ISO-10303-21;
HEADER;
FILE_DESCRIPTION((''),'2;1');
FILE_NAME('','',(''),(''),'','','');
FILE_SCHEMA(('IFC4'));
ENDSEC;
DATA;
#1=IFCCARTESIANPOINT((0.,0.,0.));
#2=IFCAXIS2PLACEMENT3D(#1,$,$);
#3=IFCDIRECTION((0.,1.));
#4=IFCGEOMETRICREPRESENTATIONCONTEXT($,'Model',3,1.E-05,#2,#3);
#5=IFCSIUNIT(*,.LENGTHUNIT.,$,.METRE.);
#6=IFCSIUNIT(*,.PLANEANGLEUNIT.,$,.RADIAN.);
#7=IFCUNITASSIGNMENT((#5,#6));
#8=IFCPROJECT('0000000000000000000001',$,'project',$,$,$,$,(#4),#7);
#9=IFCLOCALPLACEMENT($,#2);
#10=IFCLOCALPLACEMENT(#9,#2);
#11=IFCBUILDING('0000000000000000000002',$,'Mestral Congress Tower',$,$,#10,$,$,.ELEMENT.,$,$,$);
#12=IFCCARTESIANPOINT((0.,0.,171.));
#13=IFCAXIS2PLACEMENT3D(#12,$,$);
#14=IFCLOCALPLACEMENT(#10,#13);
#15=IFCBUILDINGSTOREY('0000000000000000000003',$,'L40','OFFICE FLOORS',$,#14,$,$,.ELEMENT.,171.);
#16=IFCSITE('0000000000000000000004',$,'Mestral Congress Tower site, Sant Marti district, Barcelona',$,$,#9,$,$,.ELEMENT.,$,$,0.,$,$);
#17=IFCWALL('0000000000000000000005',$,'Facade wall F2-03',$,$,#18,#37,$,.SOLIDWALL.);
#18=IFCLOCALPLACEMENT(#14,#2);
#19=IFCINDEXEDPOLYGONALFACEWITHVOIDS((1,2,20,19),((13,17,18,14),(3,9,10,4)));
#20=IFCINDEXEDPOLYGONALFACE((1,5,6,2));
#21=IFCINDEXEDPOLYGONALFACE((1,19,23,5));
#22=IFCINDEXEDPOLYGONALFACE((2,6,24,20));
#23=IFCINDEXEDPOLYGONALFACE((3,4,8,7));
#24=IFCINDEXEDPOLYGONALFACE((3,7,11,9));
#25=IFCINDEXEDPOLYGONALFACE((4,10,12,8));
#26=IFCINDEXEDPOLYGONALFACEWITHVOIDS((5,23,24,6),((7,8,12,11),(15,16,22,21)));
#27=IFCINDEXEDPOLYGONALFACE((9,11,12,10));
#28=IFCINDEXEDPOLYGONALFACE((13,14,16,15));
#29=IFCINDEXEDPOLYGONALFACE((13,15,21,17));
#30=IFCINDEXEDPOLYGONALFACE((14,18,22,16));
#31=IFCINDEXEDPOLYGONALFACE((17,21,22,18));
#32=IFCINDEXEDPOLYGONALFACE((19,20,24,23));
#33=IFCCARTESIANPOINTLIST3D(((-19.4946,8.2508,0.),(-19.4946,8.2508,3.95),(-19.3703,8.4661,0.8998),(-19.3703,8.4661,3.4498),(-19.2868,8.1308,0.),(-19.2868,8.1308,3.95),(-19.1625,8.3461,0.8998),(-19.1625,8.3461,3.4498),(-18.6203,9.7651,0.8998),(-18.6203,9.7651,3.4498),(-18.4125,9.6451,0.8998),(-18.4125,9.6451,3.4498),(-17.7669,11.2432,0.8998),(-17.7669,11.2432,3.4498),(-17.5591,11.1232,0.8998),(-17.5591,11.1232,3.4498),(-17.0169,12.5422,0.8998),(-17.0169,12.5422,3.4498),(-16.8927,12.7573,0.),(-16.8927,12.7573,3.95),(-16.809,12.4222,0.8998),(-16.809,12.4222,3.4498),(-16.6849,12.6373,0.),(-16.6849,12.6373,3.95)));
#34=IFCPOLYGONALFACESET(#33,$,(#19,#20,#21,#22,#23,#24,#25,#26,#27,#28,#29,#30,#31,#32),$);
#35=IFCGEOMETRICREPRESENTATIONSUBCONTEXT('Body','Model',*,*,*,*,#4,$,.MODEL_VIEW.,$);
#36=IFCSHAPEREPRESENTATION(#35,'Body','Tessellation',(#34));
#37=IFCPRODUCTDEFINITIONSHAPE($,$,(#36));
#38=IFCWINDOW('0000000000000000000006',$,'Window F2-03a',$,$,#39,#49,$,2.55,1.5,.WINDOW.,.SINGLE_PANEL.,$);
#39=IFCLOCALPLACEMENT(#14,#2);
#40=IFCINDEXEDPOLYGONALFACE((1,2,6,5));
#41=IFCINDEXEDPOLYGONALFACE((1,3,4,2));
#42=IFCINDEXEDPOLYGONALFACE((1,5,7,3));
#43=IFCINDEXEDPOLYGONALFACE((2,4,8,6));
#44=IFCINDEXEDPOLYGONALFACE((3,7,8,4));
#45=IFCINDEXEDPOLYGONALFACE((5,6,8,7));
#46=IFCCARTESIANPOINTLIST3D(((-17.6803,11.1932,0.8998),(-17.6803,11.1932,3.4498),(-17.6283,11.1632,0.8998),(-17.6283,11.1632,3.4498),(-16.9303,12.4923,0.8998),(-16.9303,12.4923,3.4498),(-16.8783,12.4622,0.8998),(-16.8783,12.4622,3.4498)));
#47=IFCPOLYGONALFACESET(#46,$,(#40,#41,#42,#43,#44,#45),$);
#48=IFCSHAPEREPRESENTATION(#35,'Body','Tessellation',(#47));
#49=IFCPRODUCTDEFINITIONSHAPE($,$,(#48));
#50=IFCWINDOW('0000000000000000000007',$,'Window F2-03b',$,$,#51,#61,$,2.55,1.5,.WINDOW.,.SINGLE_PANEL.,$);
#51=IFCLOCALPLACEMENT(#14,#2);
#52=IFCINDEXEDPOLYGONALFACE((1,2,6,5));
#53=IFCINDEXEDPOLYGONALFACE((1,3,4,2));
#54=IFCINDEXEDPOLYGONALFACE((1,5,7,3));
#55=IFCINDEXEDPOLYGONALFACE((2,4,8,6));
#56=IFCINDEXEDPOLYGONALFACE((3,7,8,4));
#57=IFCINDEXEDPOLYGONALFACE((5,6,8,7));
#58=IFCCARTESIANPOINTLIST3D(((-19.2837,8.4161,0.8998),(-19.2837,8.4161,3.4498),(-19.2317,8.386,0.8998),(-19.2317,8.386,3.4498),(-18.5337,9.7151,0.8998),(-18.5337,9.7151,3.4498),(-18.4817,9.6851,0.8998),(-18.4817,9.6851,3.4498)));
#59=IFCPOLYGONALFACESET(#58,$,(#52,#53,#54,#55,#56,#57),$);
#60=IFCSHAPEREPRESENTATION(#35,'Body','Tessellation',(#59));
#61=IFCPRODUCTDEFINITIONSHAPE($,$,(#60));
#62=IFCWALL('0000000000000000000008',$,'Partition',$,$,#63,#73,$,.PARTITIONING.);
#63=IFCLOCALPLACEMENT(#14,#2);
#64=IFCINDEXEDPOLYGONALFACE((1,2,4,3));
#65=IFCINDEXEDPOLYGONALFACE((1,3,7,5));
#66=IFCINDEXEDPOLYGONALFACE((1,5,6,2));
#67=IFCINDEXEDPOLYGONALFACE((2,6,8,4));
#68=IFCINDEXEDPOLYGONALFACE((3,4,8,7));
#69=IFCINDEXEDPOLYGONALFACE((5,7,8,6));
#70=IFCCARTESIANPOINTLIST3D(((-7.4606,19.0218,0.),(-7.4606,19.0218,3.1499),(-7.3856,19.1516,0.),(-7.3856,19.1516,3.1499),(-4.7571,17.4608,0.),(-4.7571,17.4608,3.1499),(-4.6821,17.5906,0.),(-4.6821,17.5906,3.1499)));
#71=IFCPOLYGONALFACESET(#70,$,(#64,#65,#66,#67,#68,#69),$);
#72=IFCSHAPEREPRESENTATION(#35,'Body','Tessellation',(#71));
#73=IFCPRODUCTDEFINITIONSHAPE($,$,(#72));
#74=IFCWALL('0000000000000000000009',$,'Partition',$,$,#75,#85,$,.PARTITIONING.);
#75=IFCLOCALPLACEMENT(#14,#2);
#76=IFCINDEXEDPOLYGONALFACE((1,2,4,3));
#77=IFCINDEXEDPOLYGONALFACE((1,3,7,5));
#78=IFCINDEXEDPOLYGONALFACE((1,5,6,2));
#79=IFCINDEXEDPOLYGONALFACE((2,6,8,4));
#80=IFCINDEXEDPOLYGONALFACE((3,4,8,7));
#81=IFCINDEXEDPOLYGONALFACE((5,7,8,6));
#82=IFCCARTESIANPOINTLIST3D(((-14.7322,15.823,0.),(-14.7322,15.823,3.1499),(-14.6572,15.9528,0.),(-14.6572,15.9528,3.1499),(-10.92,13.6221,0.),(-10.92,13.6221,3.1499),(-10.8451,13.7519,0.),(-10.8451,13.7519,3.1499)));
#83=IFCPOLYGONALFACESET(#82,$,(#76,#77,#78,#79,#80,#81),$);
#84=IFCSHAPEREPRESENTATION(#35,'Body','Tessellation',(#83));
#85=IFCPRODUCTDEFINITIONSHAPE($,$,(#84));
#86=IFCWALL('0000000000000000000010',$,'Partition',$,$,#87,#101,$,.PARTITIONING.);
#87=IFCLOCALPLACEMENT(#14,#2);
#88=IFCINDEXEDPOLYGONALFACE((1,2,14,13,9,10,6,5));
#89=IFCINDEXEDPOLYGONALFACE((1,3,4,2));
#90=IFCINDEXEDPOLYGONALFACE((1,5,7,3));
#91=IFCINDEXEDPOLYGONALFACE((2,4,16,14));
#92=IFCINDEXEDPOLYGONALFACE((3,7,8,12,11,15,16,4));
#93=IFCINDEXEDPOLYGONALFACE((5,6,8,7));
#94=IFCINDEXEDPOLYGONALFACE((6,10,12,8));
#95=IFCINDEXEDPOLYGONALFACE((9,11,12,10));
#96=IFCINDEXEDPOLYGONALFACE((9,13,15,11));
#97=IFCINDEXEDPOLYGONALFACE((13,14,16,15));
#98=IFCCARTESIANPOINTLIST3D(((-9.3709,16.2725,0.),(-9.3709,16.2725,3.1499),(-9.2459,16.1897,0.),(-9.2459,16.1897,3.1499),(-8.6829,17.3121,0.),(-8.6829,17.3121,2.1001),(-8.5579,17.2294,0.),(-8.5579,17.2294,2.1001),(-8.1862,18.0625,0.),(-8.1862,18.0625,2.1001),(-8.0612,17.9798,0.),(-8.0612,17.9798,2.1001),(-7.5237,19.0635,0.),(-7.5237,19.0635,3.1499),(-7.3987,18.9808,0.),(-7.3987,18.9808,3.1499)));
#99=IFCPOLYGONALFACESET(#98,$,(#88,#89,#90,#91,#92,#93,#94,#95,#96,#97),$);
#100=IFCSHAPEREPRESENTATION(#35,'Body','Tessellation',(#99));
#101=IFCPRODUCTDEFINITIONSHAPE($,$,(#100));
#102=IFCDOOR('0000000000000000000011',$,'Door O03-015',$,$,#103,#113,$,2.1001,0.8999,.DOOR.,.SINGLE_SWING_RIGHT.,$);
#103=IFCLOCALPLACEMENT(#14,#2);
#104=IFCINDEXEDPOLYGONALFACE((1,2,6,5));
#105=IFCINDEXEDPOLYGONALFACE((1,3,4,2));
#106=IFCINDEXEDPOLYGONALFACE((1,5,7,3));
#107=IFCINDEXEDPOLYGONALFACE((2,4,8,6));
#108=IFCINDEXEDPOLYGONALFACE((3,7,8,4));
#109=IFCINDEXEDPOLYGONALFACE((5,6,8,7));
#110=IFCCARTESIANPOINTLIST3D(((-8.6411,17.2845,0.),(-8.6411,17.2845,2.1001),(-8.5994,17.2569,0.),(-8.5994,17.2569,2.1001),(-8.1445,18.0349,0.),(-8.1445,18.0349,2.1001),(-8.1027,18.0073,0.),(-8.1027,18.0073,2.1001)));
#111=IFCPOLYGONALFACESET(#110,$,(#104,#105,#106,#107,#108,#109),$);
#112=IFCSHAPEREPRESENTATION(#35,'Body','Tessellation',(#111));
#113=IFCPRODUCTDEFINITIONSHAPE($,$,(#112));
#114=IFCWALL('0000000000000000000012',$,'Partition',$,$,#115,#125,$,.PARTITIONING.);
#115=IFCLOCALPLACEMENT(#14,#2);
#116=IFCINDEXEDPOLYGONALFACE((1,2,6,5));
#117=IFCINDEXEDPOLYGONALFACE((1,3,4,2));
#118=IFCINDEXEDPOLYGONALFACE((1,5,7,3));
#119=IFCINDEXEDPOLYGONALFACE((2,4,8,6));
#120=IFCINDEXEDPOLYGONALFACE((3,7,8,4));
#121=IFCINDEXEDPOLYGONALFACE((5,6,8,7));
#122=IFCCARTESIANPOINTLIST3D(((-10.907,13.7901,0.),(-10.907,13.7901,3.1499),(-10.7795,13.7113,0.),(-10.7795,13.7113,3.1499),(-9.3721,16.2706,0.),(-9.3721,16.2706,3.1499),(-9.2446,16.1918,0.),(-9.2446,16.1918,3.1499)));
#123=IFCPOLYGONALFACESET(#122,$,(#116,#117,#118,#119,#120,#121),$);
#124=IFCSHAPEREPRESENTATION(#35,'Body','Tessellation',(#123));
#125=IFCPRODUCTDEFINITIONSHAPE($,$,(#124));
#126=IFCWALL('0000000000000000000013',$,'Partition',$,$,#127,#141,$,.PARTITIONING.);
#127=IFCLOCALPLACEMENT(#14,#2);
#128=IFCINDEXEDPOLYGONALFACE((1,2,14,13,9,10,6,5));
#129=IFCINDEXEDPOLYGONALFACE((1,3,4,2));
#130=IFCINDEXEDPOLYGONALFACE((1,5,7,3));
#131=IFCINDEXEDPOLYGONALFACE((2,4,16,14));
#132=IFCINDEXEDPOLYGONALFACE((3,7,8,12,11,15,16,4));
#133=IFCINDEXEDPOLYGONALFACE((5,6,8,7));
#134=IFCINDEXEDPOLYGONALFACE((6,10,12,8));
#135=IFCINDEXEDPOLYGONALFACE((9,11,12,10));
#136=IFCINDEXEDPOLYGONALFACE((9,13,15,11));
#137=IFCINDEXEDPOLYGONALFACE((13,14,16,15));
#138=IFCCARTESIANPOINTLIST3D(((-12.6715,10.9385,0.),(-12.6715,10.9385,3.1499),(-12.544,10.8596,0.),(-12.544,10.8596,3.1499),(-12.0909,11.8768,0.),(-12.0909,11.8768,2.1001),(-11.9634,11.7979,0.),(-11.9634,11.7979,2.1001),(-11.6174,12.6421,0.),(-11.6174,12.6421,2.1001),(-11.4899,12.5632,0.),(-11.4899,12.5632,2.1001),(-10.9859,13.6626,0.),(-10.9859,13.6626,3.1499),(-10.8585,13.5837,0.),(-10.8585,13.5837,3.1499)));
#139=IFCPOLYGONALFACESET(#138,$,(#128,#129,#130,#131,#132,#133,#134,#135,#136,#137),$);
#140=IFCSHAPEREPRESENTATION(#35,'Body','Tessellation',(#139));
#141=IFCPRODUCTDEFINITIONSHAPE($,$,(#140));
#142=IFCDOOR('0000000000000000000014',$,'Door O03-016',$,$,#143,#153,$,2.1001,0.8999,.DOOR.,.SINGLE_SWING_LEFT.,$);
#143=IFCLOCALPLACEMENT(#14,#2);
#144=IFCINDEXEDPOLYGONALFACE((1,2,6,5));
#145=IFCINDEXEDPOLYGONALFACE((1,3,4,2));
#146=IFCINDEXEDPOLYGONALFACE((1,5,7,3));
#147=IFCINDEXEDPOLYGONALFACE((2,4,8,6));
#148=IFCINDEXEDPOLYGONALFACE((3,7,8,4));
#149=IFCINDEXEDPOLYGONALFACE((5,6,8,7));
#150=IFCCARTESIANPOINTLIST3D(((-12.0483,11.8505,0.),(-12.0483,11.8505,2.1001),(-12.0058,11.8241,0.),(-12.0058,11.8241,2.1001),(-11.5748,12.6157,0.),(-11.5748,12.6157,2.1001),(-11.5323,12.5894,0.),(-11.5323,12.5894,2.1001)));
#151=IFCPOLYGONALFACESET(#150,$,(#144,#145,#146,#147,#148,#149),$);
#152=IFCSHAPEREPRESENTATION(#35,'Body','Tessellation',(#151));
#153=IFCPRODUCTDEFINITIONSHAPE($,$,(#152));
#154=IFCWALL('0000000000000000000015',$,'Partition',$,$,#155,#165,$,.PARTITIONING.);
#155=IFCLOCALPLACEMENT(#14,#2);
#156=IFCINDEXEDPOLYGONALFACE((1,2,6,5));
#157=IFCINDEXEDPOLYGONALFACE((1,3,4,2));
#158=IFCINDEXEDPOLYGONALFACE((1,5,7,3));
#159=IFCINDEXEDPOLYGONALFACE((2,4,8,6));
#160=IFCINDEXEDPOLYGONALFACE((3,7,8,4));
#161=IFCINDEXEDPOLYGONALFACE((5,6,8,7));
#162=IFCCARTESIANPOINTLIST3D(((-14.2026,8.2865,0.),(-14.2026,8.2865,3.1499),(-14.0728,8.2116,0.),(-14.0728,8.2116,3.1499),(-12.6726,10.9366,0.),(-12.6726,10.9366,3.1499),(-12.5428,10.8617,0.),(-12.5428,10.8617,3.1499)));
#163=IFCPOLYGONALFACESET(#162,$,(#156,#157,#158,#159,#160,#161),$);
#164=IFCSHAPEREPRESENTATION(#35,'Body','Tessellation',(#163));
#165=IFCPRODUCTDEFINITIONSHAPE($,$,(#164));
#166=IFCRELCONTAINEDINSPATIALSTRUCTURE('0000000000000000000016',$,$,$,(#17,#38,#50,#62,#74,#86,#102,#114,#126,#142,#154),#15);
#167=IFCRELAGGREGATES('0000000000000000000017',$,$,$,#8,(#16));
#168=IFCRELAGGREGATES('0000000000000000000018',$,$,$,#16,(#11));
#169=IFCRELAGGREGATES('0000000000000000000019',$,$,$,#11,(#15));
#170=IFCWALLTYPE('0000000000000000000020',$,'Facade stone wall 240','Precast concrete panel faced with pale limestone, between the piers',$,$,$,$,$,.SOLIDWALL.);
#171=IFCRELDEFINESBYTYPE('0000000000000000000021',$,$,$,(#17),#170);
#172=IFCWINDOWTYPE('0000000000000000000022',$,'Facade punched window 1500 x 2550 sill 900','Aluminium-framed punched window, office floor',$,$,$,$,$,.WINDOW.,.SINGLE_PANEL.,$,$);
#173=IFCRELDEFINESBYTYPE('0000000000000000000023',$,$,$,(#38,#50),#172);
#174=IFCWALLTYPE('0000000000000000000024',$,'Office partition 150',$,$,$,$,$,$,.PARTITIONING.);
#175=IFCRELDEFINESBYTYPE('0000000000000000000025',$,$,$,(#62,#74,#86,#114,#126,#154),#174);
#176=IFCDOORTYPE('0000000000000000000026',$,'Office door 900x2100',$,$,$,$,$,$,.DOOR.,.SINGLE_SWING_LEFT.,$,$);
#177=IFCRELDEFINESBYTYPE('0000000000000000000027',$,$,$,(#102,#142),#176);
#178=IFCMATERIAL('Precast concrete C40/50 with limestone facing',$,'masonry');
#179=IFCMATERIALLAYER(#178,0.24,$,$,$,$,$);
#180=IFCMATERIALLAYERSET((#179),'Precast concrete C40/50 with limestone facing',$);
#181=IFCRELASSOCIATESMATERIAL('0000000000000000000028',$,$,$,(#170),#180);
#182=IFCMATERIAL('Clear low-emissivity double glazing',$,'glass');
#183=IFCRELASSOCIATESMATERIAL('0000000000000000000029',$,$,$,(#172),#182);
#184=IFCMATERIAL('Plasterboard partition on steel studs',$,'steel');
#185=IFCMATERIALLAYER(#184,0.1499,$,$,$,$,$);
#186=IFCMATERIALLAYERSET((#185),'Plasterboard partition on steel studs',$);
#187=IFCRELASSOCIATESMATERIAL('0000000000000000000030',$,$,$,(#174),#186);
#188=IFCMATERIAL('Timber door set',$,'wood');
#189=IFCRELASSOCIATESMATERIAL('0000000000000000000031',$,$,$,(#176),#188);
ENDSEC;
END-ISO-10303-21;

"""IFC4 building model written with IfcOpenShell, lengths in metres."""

from ifc_helpers import new_model, si_unit, direction, frame, frame_2d, origin, place, context, subcontext, project, spatial, rectangle, extrude, material, layer, layer_set, type_object, element, fill, save


model = new_model("IFC4")

# Units and contexts
model_context = context("Model", 3, precision=1e-05, world=origin(), true_north=direction((0.0, 1.0)))
body_context = subcontext(model_context, "Body", "Model", "MODEL_VIEW")
ifc_project = project(units=[si_unit("LENGTHUNIT", "METRE"), si_unit("PLANEANGLEUNIT", "RADIAN")], contexts=[model_context])

# Site, building, storey
site_placement = place(None, origin())
site = spatial("IfcSite", under=ifc_project, at=site_placement, Name="Mestral Congress Tower site, Sant Marti district, Barcelona", CompositionType="ELEMENT", RefElevation=0.0)
building_placement = place(site_placement, origin())
building = spatial("IfcBuilding", under=site, at=building_placement, Name="Mestral Congress Tower", CompositionType="ELEMENT")
storey_placement = place(building_placement, frame((0.0, 0.0, 171.0)))
storey = spatial("IfcBuildingStorey", under=building, at=storey_placement, Name="L40", Description="OFFICE FLOORS", CompositionType="ELEMENT", Elevation=171.0)

# Wall, openings, windows
ifc_material_1 = material(Name="Precast concrete C40/50 with limestone facing", Category="masonry")
ifc_layer_1 = layer(ifc_material_1, 0.24)
ifc_layer_set_1 = layer_set([ifc_layer_1], Name="Precast concrete C40/50 with limestone facing")
wall_type_1 = type_object("IfcWallType", Name="Facade stone wall 240", Description="Precast concrete panel faced with pale limestone, between the piers", PredefinedType="SOLIDWALL", material=ifc_layer_set_1)
ifc_material_2 = material(Name="Clear low-emissivity double glazing", Category="glass")
window_type = type_object("IfcWindowType", Name="Facade punched window 1500 x 2550 sill 900", Description="Aluminium-framed punched window, office floor", PartitioningType="SINGLE_PANEL", PredefinedType="WINDOW", material=ifc_material_2)
wall_1_placement = place(storey_placement, frame((-16.7888, 12.6973, 0.0), z_axis=(0.0, 0.0, 1.0), x_axis=(-0.500009, -0.86602, 0.0)))
wall_1 = element("IfcWall", 1, at=wall_1_placement, inside=storey, type_object=wall_type_1, Name="Facade wall F2-03", PredefinedType="SOLIDWALL", context=body_context, shape_type="SweptSolid", body=[
    extrude(rectangle(XDim=5.2036, YDim=0.24, at=frame_2d((2.6018, 0.0))), origin(), (0.0, 0.0, 1.0), 3.95),
])
opening_1_placement = place(wall_1_placement, frame((0.2483, 0.0, 0.8999)))
opening_1 = element("IfcOpeningElement", 2, at=opening_1_placement, cuts=wall_1, PredefinedType="OPENING", context=body_context, shape_type="SweptSolid", body=[
    extrude(rectangle(XDim=1.5, YDim=2.55, at=frame_2d((0.75, 1.2749))), frame((0.0, 0.1299, 0.0), z_axis=(0.0, -1.0, 0.0), x_axis=(1.0, 0.0, 0.0)), (0.0, 0.0, 1.0), 0.26),
])
opening_2_placement = place(wall_1_placement, frame((3.4551, 0.0, 0.8999)))
opening_2 = element("IfcOpeningElement", 3, at=opening_2_placement, cuts=wall_1, PredefinedType="OPENING", context=body_context, shape_type="SweptSolid", body=[
    extrude(rectangle(XDim=1.5, YDim=2.55, at=frame_2d((0.75, 1.2749))), frame((0.0, 0.1299, 0.0), z_axis=(0.0, -1.0, 0.0), x_axis=(1.0, 0.0, 0.0)), (0.0, 0.0, 1.0), 0.26),
])
window_1_placement = place(opening_1_placement, origin())
window_1 = element("IfcWindow", 4, at=window_1_placement, inside=storey, type_object=window_type, Name="Window F2-03a", OverallHeight=2.55, OverallWidth=1.5, PartitioningType="SINGLE_PANEL", PredefinedType="WINDOW", context=body_context, shape_type="SweptSolid", body=[
    extrude(rectangle(XDim=1.5, YDim=2.55, at=frame_2d((0.75, 1.2749))), frame((0.0, 0.04, 0.0), z_axis=(0.0, -1.0, 0.0), x_axis=(1.0, 0.0, 0.0)), (0.0, 0.0, 1.0), 0.0601),
])
fill(opening_1, window_1)
window_2_placement = place(opening_2_placement, origin())
window_2 = element("IfcWindow", 5, at=window_2_placement, inside=storey, type_object=window_type, Name="Window F2-03b", OverallHeight=2.55, OverallWidth=1.5, PartitioningType="SINGLE_PANEL", PredefinedType="WINDOW", context=body_context, shape_type="SweptSolid", body=[
    extrude(rectangle(XDim=1.5, YDim=2.55, at=frame_2d((0.75, 1.2749))), frame((0.0, 0.04, 0.0), z_axis=(0.0, -1.0, 0.0), x_axis=(1.0, 0.0, 0.0)), (0.0, 0.0, 1.0), 0.0601),
])
fill(opening_2, window_2)

# Walls
ifc_material_3 = material(Name="Plasterboard partition on steel studs", Category="steel")
ifc_layer_2 = layer(ifc_material_3, 0.1499)
ifc_layer_set_2 = layer_set([ifc_layer_2], Name="Plasterboard partition on steel studs")
wall_type_2 = type_object("IfcWallType", Name="Office partition 150", PredefinedType="PARTITIONING", material=ifc_layer_set_2)
wall_2_placement = place(storey_placement, frame((-4.7195, 17.5256, 0.0), z_axis=(0.0, 0.0, 1.0), x_axis=(-0.866011, 0.500025, 0.0)))
element("IfcWall", 6, at=wall_2_placement, inside=storey, type_object=wall_type_2, Name="Partition", PredefinedType="PARTITIONING", context=body_context, shape_type="SweptSolid", body=[
    extrude(rectangle(XDim=3.1218, YDim=0.1499, at=frame_2d((1.561, 0.0))), origin(), (0.0, 0.0, 1.0), 3.1499),
])
wall_3_placement = place(storey_placement, frame((-10.8826, 13.687, 0.0), z_axis=(0.0, 0.0, 1.0), x_axis=(-0.866033, 0.499987, 0.0)))
element("IfcWall", 7, at=wall_3_placement, inside=storey, type_object=wall_type_2, Name="Partition", PredefinedType="PARTITIONING", context=body_context, shape_type="SweptSolid", body=[
    extrude(rectangle(XDim=4.4019, YDim=0.1499, at=frame_2d((2.2009, 0.0))), origin(), (0.0, 0.0, 1.0), 3.1499),
])

# Wall, opening, door
wall_4_placement = place(storey_placement, frame((-9.3083, 16.2312, 0.0), z_axis=(0.0, 0.0, 1.0), x_axis=(0.551903, 0.833909, 0.0)))
wall_4 = element("IfcWall", 8, at=wall_4_placement, inside=storey, type_object=wall_type_2, Name="Partition", PredefinedType="PARTITIONING", context=body_context, shape_type="SweptSolid", body=[
    extrude(rectangle(XDim=3.3469, YDim=0.1499, at=frame_2d((1.6733, 0.0))), origin(), (0.0, 0.0, 1.0), 3.1499),
])
opening_3_placement = place(wall_4_placement, frame((1.2466, 0.0, 0.0)))
opening_3 = element("IfcOpeningElement", 9, at=opening_3_placement, cuts=wall_4, PredefinedType="OPENING", context=body_context, shape_type="SweptSolid", body=[
    extrude(rectangle(XDim=0.8999, YDim=2.1001, at=frame_2d((0.45, 1.05))), frame((0.0, 0.085, 0.0), z_axis=(0.0, -1.0, 0.0), x_axis=(1.0, 0.0, 0.0)), (0.0, 0.0, 1.0), 0.1699),
])
ifc_material_4 = material(Name="Timber door set", Category="wood")
door_type_1 = type_object("IfcDoorType", Name="Office door 900x2100", OperationType="SINGLE_SWING_LEFT", PredefinedType="DOOR", material=ifc_material_4)
door_1_placement = place(opening_3_placement, origin())
door_1 = element("IfcDoor", 10, at=door_1_placement, inside=storey, type_object=door_type_1, Name="Door O03-015", OperationType="SINGLE_SWING_RIGHT", OverallHeight=2.1001, OverallWidth=0.8999, PredefinedType="DOOR", context=body_context, shape_type="SweptSolid", body=[
    extrude(rectangle(XDim=0.8999, YDim=2.1001, at=frame_2d((0.45, 1.05))), frame((0.0, 0.0249, 0.0), z_axis=(0.0, -1.0, 0.0), x_axis=(1.0, 0.0, 0.0)), (0.0, 0.0, 1.0), 0.05),
])
fill(opening_3, door_1)

# Wall
wall_5_placement = place(storey_placement, frame((-9.3083, 16.2312, 0.0), z_axis=(0.0, 0.0, 1.0), x_axis=(-0.526202, -0.85036, 0.0)))
element("IfcWall", 11, at=wall_5_placement, inside=storey, type_object=wall_type_2, Name="Partition", PredefinedType="PARTITIONING", context=body_context, shape_type="SweptSolid", body=[
    extrude(rectangle(XDim=2.917, YDim=0.1499, at=frame_2d((1.4585, 0.0))), origin(), (0.0, 0.0, 1.0), 3.1499),
])

# Wall, opening, door
wall_6_placement = place(storey_placement, frame((-12.6077, 10.8992, 0.0), z_axis=(0.0, 0.0, 1.0), x_axis=(0.526171, 0.850379, 0.0)))
wall_6 = element("IfcWall", 12, at=wall_6_placement, inside=storey, type_object=wall_type_2, Name="Partition", PredefinedType="PARTITIONING", context=body_context, shape_type="SweptSolid", body=[
    extrude(rectangle(XDim=3.2034, YDim=0.1499, at=frame_2d((1.6016, 0.0))), origin(), (0.0, 0.0, 1.0), 3.1499),
])
opening_4_placement = place(wall_6_placement, frame((1.1033, 0.0, 0.0)))
opening_4 = element("IfcOpeningElement", 13, at=opening_4_placement, cuts=wall_6, PredefinedType="OPENING", context=body_context, shape_type="SweptSolid", body=[
    extrude(rectangle(XDim=0.8999, YDim=2.1001, at=frame_2d((0.45, 1.05))), frame((0.0, 0.085, 0.0), z_axis=(0.0, -1.0, 0.0), x_axis=(1.0, 0.0, 0.0)), (0.0, 0.0, 1.0), 0.1699),
])
door_2_placement = place(opening_4_placement, origin())
door_2 = element("IfcDoor", 14, at=door_2_placement, inside=storey, type_object=door_type_1, Name="Door O03-016", OperationType="SINGLE_SWING_LEFT", OverallHeight=2.1001, OverallWidth=0.8999, PredefinedType="DOOR", context=body_context, shape_type="SweptSolid", body=[
    extrude(rectangle(XDim=0.8999, YDim=2.1001, at=frame_2d((0.45, 1.05))), frame((0.0, 0.0249, 0.0), z_axis=(0.0, -1.0, 0.0), x_axis=(1.0, 0.0, 0.0)), (0.0, 0.0, 1.0), 0.05),
])
fill(opening_4, door_2)

# Wall
wall_7_placement = place(storey_placement, frame((-12.6077, 10.8992, 0.0), z_axis=(0.0, 0.0, 1.0), x_axis=(-0.499992, -0.86603, 0.0)))
element("IfcWall", 15, at=wall_7_placement, inside=storey, type_object=wall_type_2, Name="Partition", PredefinedType="PARTITIONING", context=body_context, shape_type="SweptSolid", body=[
    extrude(rectangle(XDim=3.0601, YDim=0.1499, at=frame_2d((1.53, 0.0))), origin(), (0.0, 0.0, 1.0), 3.1499),
])

save(model, "model.ifc")
